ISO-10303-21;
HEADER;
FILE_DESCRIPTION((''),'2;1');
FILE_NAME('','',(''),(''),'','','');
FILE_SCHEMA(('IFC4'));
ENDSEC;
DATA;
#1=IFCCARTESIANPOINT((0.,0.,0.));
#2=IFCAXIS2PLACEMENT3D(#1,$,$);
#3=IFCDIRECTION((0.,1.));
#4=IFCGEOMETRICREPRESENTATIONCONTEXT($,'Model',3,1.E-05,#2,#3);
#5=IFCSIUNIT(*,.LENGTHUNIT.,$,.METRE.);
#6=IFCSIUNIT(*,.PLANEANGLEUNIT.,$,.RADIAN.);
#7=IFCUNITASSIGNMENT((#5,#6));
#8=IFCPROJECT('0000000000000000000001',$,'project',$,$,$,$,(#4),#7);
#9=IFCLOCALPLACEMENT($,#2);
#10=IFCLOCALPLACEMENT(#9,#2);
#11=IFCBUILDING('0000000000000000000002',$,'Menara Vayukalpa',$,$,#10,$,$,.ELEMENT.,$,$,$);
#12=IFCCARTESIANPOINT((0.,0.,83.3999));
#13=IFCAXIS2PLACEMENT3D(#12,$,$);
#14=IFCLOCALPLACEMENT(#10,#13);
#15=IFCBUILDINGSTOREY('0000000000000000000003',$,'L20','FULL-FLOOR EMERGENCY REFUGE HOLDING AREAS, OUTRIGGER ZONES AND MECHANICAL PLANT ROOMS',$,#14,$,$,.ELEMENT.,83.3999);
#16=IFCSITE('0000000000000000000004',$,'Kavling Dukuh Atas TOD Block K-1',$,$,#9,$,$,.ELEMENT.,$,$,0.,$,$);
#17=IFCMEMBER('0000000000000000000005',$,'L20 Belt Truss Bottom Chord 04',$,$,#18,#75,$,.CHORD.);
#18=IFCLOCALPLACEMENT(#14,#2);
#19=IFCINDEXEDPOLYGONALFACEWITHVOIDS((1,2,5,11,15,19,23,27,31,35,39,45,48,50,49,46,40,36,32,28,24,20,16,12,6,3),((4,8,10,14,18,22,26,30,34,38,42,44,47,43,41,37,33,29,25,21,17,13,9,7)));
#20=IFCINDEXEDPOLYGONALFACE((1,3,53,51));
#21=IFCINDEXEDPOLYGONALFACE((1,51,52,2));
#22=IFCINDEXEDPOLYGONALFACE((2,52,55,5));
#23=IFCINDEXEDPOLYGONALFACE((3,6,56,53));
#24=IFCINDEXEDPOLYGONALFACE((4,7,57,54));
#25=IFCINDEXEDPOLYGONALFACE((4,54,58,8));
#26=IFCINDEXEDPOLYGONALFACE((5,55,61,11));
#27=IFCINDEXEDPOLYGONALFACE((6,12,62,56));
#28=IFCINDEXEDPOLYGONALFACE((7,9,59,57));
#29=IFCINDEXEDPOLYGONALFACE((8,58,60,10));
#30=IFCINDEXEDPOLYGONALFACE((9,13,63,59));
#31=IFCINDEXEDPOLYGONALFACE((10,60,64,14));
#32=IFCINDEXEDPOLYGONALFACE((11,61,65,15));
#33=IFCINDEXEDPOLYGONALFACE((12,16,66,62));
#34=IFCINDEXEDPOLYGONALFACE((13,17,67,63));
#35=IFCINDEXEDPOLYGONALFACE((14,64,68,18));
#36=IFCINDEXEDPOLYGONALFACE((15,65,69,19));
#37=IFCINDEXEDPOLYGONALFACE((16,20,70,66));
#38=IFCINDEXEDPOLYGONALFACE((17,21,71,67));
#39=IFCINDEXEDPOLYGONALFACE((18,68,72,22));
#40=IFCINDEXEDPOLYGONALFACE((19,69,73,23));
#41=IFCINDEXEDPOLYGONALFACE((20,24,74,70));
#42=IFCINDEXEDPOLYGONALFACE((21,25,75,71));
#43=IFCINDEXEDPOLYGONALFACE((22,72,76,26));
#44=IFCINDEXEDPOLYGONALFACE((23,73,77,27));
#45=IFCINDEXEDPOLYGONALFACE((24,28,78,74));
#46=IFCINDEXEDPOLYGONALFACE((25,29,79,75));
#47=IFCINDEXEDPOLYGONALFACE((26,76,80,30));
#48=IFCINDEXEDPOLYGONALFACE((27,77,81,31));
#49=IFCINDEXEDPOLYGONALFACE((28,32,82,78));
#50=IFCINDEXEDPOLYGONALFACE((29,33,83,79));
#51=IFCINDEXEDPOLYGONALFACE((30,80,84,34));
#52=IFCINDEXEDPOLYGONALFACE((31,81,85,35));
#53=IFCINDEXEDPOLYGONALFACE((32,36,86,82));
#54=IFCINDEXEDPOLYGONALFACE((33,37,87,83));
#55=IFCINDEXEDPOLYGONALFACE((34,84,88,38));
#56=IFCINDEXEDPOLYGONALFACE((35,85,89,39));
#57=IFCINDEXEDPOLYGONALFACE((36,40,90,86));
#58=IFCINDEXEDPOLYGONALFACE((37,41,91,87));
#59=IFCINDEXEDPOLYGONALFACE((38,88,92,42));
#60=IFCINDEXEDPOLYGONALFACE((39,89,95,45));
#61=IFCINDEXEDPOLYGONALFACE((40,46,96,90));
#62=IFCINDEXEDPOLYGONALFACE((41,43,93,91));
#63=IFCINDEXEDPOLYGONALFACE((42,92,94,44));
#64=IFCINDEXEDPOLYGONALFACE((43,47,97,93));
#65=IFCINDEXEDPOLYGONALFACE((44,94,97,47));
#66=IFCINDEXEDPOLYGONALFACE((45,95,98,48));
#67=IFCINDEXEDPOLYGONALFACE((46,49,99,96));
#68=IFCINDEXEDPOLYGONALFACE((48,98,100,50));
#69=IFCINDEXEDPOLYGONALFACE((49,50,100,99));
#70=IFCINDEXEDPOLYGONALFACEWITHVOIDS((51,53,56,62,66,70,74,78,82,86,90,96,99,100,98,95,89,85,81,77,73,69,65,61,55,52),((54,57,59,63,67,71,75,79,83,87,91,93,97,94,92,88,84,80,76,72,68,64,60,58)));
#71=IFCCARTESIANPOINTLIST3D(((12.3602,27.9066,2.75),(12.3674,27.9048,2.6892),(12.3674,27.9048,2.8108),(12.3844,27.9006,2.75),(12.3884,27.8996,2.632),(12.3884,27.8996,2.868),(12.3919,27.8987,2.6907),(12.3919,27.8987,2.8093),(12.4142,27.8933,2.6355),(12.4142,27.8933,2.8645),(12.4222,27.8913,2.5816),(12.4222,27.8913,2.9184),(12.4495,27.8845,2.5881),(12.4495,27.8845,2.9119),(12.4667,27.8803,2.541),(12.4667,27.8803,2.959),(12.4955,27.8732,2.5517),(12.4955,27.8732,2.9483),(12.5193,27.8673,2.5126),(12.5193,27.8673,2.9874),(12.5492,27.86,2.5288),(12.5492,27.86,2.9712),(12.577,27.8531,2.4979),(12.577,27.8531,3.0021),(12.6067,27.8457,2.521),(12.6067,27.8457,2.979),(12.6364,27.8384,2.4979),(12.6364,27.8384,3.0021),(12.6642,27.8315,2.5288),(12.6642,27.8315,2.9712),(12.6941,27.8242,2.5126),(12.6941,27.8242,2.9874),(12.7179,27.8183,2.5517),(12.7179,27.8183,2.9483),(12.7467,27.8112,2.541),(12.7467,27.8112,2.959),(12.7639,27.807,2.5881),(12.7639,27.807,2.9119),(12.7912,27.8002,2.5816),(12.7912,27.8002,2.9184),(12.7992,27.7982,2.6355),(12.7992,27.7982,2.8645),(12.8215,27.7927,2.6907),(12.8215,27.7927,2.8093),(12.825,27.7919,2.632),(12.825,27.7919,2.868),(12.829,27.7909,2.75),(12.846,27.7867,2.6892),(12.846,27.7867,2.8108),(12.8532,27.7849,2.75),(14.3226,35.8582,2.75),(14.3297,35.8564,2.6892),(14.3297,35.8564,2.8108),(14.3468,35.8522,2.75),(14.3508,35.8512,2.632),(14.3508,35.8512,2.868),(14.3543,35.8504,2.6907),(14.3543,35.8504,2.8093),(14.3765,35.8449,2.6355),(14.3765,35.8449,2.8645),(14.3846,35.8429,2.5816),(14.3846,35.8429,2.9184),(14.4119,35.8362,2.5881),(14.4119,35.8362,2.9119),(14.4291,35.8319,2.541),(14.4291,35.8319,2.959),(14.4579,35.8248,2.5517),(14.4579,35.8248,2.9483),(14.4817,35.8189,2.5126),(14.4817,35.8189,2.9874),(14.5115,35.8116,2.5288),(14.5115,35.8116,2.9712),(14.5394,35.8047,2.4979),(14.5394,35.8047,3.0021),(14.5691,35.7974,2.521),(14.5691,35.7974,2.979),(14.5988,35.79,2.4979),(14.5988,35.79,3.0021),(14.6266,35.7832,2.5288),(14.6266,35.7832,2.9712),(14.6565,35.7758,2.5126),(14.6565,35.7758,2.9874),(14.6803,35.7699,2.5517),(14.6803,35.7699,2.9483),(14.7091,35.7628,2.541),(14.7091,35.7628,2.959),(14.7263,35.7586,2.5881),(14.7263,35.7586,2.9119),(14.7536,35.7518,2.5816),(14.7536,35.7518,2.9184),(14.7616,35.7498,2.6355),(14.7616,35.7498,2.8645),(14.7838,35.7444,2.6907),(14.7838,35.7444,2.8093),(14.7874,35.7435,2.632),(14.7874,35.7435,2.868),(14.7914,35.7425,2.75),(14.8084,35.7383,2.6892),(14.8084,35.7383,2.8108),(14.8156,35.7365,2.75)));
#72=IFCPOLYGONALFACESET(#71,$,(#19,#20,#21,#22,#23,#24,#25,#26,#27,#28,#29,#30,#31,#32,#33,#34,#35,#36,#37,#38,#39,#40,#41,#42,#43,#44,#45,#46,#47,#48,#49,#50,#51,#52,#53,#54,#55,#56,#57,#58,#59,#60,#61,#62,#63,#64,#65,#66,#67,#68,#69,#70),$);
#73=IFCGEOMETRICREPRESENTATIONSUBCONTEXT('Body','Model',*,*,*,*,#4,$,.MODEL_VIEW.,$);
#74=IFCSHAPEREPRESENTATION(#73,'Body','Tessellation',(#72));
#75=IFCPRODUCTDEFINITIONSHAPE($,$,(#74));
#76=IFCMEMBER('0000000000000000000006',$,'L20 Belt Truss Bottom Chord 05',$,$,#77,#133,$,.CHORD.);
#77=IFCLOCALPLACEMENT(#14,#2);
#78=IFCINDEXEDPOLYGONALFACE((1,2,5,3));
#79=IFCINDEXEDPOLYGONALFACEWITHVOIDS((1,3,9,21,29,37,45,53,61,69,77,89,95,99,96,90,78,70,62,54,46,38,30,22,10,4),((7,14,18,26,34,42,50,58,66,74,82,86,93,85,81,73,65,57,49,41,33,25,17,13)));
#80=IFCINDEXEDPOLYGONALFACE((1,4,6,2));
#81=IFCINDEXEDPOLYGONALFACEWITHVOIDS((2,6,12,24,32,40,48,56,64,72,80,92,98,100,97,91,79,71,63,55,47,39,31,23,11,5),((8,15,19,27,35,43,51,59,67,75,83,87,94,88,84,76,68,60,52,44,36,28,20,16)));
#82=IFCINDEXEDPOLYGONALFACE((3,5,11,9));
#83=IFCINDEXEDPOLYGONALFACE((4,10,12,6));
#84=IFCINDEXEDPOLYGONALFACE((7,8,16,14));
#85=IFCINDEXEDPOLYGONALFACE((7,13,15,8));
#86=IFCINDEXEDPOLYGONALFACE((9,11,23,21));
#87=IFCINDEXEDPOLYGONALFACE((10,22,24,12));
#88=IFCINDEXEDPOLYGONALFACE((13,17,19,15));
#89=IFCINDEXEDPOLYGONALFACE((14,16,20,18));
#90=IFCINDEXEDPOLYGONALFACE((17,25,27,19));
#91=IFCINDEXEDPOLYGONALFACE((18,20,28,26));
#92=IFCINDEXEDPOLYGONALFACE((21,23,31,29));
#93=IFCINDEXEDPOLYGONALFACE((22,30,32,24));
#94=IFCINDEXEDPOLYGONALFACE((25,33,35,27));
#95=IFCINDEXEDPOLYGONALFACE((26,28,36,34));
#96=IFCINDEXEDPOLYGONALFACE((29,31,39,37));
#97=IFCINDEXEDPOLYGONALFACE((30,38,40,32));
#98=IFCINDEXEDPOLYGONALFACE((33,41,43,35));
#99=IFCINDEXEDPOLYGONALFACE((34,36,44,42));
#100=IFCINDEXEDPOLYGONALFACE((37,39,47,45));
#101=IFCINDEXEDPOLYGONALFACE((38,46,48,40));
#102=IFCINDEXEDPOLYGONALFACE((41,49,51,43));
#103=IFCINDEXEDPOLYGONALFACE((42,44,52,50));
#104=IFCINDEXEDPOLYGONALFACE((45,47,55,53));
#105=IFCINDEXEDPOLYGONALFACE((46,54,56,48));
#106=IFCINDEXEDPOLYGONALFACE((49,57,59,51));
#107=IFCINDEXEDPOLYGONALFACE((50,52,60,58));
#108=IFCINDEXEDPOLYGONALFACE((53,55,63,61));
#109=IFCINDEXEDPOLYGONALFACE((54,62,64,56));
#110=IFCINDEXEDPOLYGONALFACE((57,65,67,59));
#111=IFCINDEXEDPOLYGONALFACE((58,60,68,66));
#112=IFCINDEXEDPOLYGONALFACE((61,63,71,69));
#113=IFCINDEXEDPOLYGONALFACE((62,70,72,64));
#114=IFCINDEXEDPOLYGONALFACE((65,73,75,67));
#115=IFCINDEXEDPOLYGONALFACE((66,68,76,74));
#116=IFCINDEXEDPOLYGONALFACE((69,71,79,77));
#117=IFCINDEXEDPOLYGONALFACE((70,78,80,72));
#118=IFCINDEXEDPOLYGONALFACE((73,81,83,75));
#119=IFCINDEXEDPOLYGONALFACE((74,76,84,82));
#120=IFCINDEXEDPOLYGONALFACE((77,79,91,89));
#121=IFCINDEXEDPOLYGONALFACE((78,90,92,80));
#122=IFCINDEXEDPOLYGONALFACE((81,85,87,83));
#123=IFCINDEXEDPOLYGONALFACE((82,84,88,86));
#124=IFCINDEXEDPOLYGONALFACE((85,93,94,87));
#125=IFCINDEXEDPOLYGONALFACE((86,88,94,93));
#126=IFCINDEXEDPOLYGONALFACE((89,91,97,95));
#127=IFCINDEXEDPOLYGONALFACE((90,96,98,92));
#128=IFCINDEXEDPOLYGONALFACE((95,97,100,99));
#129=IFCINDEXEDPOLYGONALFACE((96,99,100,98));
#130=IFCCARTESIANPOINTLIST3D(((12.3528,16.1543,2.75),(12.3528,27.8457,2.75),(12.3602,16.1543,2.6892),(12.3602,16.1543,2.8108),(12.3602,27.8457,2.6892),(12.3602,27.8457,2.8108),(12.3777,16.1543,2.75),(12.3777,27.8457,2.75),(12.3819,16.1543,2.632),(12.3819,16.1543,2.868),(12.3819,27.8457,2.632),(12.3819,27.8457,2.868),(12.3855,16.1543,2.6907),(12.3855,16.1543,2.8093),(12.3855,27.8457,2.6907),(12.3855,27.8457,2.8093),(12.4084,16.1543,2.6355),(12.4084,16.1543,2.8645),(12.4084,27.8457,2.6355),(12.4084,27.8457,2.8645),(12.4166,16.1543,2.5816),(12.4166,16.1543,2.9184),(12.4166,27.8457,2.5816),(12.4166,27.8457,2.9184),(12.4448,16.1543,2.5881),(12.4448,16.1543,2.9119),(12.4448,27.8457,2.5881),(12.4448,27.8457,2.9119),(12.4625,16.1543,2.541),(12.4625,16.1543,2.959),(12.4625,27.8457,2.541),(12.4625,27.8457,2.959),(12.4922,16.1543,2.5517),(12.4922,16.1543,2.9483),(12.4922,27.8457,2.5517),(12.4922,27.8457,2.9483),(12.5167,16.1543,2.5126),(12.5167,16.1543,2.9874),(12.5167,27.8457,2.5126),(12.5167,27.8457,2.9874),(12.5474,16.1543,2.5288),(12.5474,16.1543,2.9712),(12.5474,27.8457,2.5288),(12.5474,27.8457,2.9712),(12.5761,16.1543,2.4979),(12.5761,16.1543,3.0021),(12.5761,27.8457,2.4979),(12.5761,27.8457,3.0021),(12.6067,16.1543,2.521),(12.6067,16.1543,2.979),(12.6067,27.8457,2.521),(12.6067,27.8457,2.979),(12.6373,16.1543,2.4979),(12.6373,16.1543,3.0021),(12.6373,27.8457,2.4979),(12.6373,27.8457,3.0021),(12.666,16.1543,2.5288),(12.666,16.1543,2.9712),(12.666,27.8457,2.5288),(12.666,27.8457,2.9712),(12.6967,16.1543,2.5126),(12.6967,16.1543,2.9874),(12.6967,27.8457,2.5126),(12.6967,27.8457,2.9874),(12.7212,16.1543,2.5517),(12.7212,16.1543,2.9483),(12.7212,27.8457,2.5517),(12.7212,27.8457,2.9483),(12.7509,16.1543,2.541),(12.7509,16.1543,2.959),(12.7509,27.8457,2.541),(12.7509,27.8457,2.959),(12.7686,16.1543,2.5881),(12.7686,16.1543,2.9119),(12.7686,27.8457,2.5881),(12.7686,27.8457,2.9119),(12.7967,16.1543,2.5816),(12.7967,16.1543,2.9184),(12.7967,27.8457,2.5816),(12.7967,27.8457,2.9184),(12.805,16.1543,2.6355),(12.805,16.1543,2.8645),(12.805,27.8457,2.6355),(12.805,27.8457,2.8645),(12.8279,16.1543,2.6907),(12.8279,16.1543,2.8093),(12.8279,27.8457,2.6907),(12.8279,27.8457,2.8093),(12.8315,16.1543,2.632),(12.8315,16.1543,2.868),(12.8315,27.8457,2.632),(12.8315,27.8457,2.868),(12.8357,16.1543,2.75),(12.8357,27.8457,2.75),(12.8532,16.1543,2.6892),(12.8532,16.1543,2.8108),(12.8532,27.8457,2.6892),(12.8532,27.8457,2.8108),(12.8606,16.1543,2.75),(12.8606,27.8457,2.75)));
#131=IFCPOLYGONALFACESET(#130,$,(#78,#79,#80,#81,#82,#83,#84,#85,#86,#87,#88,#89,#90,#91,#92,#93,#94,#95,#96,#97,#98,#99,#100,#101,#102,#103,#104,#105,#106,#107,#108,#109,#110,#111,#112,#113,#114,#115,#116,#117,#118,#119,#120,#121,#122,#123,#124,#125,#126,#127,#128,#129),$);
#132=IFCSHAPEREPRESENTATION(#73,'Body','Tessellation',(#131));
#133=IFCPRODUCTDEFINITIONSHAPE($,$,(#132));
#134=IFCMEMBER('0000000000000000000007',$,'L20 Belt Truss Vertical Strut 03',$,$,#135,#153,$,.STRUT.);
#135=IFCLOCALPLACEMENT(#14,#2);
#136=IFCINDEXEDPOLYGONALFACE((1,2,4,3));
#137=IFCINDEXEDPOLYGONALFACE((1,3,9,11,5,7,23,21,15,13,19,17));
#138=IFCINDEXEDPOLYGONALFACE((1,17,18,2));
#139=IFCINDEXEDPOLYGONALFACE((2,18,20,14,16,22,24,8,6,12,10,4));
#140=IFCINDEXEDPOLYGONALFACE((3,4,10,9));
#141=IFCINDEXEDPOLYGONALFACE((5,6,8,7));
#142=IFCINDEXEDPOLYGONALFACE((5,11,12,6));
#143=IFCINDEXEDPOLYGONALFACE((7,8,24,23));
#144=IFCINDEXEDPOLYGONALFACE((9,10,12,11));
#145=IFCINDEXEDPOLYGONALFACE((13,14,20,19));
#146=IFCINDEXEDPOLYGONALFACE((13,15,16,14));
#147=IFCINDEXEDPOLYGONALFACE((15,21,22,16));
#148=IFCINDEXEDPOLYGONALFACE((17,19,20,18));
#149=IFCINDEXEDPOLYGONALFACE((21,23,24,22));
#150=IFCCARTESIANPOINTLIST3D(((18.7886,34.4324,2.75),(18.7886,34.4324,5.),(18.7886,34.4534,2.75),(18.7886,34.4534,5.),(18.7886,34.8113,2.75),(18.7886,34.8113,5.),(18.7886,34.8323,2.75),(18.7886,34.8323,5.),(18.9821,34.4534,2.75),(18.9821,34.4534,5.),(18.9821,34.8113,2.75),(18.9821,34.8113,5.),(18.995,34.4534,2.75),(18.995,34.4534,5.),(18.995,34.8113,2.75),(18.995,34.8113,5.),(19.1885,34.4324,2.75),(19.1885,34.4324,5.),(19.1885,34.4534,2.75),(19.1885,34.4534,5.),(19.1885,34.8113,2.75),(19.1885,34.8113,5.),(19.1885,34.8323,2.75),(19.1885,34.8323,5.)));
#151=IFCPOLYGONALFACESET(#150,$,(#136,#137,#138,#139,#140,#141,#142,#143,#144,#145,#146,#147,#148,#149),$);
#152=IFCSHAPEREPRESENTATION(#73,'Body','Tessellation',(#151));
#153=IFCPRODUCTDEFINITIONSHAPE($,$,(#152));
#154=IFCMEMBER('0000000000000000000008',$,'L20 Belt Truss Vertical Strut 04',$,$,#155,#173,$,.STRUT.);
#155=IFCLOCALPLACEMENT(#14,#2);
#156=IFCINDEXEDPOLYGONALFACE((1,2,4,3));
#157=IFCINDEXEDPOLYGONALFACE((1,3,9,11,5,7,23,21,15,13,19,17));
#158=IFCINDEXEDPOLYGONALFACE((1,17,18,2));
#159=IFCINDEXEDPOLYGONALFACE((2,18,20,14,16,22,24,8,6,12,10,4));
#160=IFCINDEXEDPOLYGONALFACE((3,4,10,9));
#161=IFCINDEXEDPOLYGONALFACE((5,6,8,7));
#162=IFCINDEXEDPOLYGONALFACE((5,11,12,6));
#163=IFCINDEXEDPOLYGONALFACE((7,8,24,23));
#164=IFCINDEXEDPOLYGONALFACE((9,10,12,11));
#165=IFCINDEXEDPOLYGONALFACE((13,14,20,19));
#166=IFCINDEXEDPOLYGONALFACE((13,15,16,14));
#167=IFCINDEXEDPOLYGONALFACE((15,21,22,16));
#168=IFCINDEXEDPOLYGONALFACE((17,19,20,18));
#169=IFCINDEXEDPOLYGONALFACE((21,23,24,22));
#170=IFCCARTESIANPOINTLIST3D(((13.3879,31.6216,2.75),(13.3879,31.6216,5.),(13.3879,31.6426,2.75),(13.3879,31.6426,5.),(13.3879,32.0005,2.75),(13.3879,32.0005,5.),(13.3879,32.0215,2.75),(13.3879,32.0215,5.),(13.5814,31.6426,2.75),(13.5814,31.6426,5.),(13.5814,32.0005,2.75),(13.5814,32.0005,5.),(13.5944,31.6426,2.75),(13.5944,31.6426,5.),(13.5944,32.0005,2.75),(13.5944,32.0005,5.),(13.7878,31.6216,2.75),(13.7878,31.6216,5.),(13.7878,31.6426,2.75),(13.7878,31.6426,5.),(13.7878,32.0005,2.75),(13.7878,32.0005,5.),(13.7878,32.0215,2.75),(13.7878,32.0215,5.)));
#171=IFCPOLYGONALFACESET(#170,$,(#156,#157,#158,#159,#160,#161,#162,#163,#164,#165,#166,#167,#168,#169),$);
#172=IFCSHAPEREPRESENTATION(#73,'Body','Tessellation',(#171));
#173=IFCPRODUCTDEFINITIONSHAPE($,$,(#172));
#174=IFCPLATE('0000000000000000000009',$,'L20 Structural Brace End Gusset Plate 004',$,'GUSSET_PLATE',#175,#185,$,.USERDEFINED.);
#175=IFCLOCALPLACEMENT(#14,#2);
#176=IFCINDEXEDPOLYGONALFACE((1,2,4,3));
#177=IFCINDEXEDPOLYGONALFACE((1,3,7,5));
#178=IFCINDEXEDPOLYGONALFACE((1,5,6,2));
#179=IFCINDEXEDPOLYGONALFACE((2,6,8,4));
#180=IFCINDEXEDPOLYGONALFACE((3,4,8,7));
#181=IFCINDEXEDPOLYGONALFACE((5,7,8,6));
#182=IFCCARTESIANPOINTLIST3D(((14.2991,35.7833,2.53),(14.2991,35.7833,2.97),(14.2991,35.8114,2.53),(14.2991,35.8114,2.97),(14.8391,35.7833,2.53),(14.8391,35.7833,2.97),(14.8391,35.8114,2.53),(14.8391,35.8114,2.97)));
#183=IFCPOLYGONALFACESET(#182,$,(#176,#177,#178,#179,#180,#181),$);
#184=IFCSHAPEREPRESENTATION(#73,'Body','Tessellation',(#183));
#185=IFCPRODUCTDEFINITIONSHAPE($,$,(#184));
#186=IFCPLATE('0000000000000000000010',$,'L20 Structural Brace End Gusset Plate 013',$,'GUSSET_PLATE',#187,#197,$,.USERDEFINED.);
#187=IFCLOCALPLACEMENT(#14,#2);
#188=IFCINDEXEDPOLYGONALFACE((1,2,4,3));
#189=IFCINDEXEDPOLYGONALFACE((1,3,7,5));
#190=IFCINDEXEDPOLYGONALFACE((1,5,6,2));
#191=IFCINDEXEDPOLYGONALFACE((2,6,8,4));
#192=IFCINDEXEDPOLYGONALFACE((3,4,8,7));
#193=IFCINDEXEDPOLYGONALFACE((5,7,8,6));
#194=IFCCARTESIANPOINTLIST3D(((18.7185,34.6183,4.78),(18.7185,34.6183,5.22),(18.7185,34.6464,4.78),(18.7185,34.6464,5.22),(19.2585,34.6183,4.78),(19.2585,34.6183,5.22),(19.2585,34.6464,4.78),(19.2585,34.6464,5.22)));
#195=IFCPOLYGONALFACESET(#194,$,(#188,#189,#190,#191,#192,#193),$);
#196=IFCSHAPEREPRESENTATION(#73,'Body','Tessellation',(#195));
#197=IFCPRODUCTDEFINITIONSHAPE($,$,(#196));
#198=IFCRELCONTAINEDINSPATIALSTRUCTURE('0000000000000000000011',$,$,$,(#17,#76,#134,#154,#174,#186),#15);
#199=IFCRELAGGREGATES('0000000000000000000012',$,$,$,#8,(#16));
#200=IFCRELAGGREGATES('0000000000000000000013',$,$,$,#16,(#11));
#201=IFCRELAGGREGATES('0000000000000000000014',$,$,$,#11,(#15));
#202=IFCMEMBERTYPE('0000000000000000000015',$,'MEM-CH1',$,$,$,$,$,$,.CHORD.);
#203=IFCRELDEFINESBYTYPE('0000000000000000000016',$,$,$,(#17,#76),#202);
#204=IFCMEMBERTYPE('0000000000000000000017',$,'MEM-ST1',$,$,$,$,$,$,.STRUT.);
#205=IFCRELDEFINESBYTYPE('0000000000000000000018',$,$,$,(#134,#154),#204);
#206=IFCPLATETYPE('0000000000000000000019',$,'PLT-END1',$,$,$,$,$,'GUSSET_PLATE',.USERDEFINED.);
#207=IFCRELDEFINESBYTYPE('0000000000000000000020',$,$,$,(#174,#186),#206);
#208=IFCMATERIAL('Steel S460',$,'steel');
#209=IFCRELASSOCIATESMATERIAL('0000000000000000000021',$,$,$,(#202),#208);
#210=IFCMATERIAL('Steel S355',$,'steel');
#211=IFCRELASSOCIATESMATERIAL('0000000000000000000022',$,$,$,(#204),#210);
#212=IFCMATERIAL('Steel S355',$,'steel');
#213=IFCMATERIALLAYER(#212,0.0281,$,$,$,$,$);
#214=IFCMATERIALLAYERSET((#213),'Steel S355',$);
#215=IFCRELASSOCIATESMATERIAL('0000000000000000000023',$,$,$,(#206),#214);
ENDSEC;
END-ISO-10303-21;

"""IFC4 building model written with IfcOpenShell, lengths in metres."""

from ifc_helpers import new_model, si_unit, direction, frame, origin, origin_2d, place, context, subcontext, project, spatial, rectangle, hollow_circle, i_section, extrude, material, layer, layer_set, material_profile, profile_set, type_object, element, save


model = new_model("IFC4")

# Units and contexts
model_context = context("Model", 3, precision=1e-05, world=origin(), true_north=direction((0.0, 1.0)))
body_context = subcontext(model_context, "Body", "Model", "MODEL_VIEW")
ifc_project = project(units=[si_unit("LENGTHUNIT", "METRE"), si_unit("PLANEANGLEUNIT", "RADIAN")], contexts=[model_context])

# Site, building, storey
site_placement = place(None, origin())
site = spatial("IfcSite", under=ifc_project, at=site_placement, Name="Kavling Dukuh Atas TOD Block K-1", CompositionType="ELEMENT", RefElevation=0.0)
building_placement = place(site_placement, origin())
building = spatial("IfcBuilding", under=site, at=building_placement, Name="Menara Vayukalpa", CompositionType="ELEMENT")
storey_placement = place(building_placement, frame((0.0, 0.0, 83.3999)))
storey = spatial("IfcBuildingStorey", under=building, at=storey_placement, Name="L20", Description="FULL-FLOOR EMERGENCY REFUGE HOLDING AREAS, OUTRIGGER ZONES AND MECHANICAL PLANT ROOMS", CompositionType="ELEMENT", Elevation=83.3999)

# Members
ifc_material_1 = material(Name="Steel S460", Category="steel")
ifc_material_profile_1 = material_profile(ifc_material_1, hollow_circle(Radius=0.2539, WallThickness=0.0249, at=origin_2d()), Name="CHS 508.0x25")
ifc_profile_set_1 = profile_set([ifc_material_profile_1], Name="Steel S460")
member_type_1 = type_object("IfcMemberType", Name="MEM-CH1", PredefinedType="CHORD", material=ifc_profile_set_1)
member_1_placement = place(storey_placement, frame((14.5691, 35.7974, 2.75), z_axis=(-0.239603, -0.970871, 0.0), x_axis=(0.970871, -0.239603, 0.0)))
element("IfcMember", 1, at=member_1_placement, inside=storey, type_object=member_type_1, Name="L20 Belt Truss Bottom Chord 04", PredefinedType="CHORD", context=body_context, shape_type="SweptSolid", body=[
    extrude(hollow_circle(Radius=0.2539, WallThickness=0.0249, at=origin_2d()), origin(), (0.0, 0.0, 1.0), 8.1902),
])
member_2_placement = place(storey_placement, frame((12.6067, 27.8457, 2.75), z_axis=(0.0, -1.0, 0.0), x_axis=(1.0, 0.0, 0.0)))
element("IfcMember", 2, at=member_2_placement, inside=storey, type_object=member_type_1, Name="L20 Belt Truss Bottom Chord 05", PredefinedType="CHORD", context=body_context, shape_type="SweptSolid", body=[
    extrude(hollow_circle(Radius=0.2539, WallThickness=0.0249, at=origin_2d()), origin(), (0.0, 0.0, 1.0), 11.6914),
])
ifc_material_2 = material(Name="Steel S355", Category="steel")
ifc_material_profile_2 = material_profile(ifc_material_2, i_section(OverallWidth=0.3999, OverallDepth=0.3999, WebThickness=0.0129, FlangeThickness=0.021, at=origin_2d()), Name="H 400x400x13x21")
ifc_profile_set_2 = profile_set([ifc_material_profile_2], Name="Steel S355")
member_type_2 = type_object("IfcMemberType", Name="MEM-ST1", PredefinedType="STRUT", material=ifc_profile_set_2)
for number, where, z_axis, x_axis, name in (
    (3, (18.9885, 34.6323, 2.75), (0.0, 0.0, 1.0), (1.0, 0.0, 0.0), "L20 Belt Truss Vertical Strut 03"),
    (4, (13.5879, 31.8215, 2.75), (0.0, 0.0, 1.0), (1.0, 0.0, 0.0), "L20 Belt Truss Vertical Strut 04"),
):
    element("IfcMember", number, at=place(storey_placement, frame(where, z_axis=z_axis, x_axis=x_axis)), inside=storey, type_object=member_type_2, Name=name, PredefinedType="STRUT", context=body_context, shape_type="SweptSolid", body=[
        extrude(i_section(OverallWidth=0.3999, OverallDepth=0.3999, WebThickness=0.0129, FlangeThickness=0.021, at=origin_2d()), origin(), (0.0, 0.0, 1.0), 2.25),
    ])

# Plates
ifc_material_3 = material(Name="Steel S355", Category="steel")
ifc_layer_1 = layer(ifc_material_3, 0.0281)
ifc_layer_set_1 = layer_set([ifc_layer_1], Name="Steel S355")
plate_type_1 = type_object("IfcPlateType", Name="PLT-END1", ElementType="GUSSET_PLATE", PredefinedType="USERDEFINED", material=ifc_layer_set_1)
for number, where, z_axis, x_axis, name in (
    (5, (14.5691, 35.7974, 2.53), (0.0, 0.0, 1.0), (1.0, 0.0, 0.0), "L20 Structural Brace End Gusset Plate 004"),
    (6, (18.9885, 34.6323, 4.78), (0.0, 0.0, 1.0), (1.0, 0.0, 0.0), "L20 Structural Brace End Gusset Plate 013"),
):
    element("IfcPlate", number, at=place(storey_placement, frame(where, z_axis=z_axis, x_axis=x_axis)), inside=storey, type_object=plate_type_1, Name=name, ObjectType="GUSSET_PLATE", PredefinedType="USERDEFINED", context=body_context, shape_type="SweptSolid", body=[
        extrude(rectangle(XDim=0.54, YDim=0.0281, at=origin_2d()), origin(), (0.0, 0.0, 1.0), 0.4399),
    ])

save(model, "model.ifc")
